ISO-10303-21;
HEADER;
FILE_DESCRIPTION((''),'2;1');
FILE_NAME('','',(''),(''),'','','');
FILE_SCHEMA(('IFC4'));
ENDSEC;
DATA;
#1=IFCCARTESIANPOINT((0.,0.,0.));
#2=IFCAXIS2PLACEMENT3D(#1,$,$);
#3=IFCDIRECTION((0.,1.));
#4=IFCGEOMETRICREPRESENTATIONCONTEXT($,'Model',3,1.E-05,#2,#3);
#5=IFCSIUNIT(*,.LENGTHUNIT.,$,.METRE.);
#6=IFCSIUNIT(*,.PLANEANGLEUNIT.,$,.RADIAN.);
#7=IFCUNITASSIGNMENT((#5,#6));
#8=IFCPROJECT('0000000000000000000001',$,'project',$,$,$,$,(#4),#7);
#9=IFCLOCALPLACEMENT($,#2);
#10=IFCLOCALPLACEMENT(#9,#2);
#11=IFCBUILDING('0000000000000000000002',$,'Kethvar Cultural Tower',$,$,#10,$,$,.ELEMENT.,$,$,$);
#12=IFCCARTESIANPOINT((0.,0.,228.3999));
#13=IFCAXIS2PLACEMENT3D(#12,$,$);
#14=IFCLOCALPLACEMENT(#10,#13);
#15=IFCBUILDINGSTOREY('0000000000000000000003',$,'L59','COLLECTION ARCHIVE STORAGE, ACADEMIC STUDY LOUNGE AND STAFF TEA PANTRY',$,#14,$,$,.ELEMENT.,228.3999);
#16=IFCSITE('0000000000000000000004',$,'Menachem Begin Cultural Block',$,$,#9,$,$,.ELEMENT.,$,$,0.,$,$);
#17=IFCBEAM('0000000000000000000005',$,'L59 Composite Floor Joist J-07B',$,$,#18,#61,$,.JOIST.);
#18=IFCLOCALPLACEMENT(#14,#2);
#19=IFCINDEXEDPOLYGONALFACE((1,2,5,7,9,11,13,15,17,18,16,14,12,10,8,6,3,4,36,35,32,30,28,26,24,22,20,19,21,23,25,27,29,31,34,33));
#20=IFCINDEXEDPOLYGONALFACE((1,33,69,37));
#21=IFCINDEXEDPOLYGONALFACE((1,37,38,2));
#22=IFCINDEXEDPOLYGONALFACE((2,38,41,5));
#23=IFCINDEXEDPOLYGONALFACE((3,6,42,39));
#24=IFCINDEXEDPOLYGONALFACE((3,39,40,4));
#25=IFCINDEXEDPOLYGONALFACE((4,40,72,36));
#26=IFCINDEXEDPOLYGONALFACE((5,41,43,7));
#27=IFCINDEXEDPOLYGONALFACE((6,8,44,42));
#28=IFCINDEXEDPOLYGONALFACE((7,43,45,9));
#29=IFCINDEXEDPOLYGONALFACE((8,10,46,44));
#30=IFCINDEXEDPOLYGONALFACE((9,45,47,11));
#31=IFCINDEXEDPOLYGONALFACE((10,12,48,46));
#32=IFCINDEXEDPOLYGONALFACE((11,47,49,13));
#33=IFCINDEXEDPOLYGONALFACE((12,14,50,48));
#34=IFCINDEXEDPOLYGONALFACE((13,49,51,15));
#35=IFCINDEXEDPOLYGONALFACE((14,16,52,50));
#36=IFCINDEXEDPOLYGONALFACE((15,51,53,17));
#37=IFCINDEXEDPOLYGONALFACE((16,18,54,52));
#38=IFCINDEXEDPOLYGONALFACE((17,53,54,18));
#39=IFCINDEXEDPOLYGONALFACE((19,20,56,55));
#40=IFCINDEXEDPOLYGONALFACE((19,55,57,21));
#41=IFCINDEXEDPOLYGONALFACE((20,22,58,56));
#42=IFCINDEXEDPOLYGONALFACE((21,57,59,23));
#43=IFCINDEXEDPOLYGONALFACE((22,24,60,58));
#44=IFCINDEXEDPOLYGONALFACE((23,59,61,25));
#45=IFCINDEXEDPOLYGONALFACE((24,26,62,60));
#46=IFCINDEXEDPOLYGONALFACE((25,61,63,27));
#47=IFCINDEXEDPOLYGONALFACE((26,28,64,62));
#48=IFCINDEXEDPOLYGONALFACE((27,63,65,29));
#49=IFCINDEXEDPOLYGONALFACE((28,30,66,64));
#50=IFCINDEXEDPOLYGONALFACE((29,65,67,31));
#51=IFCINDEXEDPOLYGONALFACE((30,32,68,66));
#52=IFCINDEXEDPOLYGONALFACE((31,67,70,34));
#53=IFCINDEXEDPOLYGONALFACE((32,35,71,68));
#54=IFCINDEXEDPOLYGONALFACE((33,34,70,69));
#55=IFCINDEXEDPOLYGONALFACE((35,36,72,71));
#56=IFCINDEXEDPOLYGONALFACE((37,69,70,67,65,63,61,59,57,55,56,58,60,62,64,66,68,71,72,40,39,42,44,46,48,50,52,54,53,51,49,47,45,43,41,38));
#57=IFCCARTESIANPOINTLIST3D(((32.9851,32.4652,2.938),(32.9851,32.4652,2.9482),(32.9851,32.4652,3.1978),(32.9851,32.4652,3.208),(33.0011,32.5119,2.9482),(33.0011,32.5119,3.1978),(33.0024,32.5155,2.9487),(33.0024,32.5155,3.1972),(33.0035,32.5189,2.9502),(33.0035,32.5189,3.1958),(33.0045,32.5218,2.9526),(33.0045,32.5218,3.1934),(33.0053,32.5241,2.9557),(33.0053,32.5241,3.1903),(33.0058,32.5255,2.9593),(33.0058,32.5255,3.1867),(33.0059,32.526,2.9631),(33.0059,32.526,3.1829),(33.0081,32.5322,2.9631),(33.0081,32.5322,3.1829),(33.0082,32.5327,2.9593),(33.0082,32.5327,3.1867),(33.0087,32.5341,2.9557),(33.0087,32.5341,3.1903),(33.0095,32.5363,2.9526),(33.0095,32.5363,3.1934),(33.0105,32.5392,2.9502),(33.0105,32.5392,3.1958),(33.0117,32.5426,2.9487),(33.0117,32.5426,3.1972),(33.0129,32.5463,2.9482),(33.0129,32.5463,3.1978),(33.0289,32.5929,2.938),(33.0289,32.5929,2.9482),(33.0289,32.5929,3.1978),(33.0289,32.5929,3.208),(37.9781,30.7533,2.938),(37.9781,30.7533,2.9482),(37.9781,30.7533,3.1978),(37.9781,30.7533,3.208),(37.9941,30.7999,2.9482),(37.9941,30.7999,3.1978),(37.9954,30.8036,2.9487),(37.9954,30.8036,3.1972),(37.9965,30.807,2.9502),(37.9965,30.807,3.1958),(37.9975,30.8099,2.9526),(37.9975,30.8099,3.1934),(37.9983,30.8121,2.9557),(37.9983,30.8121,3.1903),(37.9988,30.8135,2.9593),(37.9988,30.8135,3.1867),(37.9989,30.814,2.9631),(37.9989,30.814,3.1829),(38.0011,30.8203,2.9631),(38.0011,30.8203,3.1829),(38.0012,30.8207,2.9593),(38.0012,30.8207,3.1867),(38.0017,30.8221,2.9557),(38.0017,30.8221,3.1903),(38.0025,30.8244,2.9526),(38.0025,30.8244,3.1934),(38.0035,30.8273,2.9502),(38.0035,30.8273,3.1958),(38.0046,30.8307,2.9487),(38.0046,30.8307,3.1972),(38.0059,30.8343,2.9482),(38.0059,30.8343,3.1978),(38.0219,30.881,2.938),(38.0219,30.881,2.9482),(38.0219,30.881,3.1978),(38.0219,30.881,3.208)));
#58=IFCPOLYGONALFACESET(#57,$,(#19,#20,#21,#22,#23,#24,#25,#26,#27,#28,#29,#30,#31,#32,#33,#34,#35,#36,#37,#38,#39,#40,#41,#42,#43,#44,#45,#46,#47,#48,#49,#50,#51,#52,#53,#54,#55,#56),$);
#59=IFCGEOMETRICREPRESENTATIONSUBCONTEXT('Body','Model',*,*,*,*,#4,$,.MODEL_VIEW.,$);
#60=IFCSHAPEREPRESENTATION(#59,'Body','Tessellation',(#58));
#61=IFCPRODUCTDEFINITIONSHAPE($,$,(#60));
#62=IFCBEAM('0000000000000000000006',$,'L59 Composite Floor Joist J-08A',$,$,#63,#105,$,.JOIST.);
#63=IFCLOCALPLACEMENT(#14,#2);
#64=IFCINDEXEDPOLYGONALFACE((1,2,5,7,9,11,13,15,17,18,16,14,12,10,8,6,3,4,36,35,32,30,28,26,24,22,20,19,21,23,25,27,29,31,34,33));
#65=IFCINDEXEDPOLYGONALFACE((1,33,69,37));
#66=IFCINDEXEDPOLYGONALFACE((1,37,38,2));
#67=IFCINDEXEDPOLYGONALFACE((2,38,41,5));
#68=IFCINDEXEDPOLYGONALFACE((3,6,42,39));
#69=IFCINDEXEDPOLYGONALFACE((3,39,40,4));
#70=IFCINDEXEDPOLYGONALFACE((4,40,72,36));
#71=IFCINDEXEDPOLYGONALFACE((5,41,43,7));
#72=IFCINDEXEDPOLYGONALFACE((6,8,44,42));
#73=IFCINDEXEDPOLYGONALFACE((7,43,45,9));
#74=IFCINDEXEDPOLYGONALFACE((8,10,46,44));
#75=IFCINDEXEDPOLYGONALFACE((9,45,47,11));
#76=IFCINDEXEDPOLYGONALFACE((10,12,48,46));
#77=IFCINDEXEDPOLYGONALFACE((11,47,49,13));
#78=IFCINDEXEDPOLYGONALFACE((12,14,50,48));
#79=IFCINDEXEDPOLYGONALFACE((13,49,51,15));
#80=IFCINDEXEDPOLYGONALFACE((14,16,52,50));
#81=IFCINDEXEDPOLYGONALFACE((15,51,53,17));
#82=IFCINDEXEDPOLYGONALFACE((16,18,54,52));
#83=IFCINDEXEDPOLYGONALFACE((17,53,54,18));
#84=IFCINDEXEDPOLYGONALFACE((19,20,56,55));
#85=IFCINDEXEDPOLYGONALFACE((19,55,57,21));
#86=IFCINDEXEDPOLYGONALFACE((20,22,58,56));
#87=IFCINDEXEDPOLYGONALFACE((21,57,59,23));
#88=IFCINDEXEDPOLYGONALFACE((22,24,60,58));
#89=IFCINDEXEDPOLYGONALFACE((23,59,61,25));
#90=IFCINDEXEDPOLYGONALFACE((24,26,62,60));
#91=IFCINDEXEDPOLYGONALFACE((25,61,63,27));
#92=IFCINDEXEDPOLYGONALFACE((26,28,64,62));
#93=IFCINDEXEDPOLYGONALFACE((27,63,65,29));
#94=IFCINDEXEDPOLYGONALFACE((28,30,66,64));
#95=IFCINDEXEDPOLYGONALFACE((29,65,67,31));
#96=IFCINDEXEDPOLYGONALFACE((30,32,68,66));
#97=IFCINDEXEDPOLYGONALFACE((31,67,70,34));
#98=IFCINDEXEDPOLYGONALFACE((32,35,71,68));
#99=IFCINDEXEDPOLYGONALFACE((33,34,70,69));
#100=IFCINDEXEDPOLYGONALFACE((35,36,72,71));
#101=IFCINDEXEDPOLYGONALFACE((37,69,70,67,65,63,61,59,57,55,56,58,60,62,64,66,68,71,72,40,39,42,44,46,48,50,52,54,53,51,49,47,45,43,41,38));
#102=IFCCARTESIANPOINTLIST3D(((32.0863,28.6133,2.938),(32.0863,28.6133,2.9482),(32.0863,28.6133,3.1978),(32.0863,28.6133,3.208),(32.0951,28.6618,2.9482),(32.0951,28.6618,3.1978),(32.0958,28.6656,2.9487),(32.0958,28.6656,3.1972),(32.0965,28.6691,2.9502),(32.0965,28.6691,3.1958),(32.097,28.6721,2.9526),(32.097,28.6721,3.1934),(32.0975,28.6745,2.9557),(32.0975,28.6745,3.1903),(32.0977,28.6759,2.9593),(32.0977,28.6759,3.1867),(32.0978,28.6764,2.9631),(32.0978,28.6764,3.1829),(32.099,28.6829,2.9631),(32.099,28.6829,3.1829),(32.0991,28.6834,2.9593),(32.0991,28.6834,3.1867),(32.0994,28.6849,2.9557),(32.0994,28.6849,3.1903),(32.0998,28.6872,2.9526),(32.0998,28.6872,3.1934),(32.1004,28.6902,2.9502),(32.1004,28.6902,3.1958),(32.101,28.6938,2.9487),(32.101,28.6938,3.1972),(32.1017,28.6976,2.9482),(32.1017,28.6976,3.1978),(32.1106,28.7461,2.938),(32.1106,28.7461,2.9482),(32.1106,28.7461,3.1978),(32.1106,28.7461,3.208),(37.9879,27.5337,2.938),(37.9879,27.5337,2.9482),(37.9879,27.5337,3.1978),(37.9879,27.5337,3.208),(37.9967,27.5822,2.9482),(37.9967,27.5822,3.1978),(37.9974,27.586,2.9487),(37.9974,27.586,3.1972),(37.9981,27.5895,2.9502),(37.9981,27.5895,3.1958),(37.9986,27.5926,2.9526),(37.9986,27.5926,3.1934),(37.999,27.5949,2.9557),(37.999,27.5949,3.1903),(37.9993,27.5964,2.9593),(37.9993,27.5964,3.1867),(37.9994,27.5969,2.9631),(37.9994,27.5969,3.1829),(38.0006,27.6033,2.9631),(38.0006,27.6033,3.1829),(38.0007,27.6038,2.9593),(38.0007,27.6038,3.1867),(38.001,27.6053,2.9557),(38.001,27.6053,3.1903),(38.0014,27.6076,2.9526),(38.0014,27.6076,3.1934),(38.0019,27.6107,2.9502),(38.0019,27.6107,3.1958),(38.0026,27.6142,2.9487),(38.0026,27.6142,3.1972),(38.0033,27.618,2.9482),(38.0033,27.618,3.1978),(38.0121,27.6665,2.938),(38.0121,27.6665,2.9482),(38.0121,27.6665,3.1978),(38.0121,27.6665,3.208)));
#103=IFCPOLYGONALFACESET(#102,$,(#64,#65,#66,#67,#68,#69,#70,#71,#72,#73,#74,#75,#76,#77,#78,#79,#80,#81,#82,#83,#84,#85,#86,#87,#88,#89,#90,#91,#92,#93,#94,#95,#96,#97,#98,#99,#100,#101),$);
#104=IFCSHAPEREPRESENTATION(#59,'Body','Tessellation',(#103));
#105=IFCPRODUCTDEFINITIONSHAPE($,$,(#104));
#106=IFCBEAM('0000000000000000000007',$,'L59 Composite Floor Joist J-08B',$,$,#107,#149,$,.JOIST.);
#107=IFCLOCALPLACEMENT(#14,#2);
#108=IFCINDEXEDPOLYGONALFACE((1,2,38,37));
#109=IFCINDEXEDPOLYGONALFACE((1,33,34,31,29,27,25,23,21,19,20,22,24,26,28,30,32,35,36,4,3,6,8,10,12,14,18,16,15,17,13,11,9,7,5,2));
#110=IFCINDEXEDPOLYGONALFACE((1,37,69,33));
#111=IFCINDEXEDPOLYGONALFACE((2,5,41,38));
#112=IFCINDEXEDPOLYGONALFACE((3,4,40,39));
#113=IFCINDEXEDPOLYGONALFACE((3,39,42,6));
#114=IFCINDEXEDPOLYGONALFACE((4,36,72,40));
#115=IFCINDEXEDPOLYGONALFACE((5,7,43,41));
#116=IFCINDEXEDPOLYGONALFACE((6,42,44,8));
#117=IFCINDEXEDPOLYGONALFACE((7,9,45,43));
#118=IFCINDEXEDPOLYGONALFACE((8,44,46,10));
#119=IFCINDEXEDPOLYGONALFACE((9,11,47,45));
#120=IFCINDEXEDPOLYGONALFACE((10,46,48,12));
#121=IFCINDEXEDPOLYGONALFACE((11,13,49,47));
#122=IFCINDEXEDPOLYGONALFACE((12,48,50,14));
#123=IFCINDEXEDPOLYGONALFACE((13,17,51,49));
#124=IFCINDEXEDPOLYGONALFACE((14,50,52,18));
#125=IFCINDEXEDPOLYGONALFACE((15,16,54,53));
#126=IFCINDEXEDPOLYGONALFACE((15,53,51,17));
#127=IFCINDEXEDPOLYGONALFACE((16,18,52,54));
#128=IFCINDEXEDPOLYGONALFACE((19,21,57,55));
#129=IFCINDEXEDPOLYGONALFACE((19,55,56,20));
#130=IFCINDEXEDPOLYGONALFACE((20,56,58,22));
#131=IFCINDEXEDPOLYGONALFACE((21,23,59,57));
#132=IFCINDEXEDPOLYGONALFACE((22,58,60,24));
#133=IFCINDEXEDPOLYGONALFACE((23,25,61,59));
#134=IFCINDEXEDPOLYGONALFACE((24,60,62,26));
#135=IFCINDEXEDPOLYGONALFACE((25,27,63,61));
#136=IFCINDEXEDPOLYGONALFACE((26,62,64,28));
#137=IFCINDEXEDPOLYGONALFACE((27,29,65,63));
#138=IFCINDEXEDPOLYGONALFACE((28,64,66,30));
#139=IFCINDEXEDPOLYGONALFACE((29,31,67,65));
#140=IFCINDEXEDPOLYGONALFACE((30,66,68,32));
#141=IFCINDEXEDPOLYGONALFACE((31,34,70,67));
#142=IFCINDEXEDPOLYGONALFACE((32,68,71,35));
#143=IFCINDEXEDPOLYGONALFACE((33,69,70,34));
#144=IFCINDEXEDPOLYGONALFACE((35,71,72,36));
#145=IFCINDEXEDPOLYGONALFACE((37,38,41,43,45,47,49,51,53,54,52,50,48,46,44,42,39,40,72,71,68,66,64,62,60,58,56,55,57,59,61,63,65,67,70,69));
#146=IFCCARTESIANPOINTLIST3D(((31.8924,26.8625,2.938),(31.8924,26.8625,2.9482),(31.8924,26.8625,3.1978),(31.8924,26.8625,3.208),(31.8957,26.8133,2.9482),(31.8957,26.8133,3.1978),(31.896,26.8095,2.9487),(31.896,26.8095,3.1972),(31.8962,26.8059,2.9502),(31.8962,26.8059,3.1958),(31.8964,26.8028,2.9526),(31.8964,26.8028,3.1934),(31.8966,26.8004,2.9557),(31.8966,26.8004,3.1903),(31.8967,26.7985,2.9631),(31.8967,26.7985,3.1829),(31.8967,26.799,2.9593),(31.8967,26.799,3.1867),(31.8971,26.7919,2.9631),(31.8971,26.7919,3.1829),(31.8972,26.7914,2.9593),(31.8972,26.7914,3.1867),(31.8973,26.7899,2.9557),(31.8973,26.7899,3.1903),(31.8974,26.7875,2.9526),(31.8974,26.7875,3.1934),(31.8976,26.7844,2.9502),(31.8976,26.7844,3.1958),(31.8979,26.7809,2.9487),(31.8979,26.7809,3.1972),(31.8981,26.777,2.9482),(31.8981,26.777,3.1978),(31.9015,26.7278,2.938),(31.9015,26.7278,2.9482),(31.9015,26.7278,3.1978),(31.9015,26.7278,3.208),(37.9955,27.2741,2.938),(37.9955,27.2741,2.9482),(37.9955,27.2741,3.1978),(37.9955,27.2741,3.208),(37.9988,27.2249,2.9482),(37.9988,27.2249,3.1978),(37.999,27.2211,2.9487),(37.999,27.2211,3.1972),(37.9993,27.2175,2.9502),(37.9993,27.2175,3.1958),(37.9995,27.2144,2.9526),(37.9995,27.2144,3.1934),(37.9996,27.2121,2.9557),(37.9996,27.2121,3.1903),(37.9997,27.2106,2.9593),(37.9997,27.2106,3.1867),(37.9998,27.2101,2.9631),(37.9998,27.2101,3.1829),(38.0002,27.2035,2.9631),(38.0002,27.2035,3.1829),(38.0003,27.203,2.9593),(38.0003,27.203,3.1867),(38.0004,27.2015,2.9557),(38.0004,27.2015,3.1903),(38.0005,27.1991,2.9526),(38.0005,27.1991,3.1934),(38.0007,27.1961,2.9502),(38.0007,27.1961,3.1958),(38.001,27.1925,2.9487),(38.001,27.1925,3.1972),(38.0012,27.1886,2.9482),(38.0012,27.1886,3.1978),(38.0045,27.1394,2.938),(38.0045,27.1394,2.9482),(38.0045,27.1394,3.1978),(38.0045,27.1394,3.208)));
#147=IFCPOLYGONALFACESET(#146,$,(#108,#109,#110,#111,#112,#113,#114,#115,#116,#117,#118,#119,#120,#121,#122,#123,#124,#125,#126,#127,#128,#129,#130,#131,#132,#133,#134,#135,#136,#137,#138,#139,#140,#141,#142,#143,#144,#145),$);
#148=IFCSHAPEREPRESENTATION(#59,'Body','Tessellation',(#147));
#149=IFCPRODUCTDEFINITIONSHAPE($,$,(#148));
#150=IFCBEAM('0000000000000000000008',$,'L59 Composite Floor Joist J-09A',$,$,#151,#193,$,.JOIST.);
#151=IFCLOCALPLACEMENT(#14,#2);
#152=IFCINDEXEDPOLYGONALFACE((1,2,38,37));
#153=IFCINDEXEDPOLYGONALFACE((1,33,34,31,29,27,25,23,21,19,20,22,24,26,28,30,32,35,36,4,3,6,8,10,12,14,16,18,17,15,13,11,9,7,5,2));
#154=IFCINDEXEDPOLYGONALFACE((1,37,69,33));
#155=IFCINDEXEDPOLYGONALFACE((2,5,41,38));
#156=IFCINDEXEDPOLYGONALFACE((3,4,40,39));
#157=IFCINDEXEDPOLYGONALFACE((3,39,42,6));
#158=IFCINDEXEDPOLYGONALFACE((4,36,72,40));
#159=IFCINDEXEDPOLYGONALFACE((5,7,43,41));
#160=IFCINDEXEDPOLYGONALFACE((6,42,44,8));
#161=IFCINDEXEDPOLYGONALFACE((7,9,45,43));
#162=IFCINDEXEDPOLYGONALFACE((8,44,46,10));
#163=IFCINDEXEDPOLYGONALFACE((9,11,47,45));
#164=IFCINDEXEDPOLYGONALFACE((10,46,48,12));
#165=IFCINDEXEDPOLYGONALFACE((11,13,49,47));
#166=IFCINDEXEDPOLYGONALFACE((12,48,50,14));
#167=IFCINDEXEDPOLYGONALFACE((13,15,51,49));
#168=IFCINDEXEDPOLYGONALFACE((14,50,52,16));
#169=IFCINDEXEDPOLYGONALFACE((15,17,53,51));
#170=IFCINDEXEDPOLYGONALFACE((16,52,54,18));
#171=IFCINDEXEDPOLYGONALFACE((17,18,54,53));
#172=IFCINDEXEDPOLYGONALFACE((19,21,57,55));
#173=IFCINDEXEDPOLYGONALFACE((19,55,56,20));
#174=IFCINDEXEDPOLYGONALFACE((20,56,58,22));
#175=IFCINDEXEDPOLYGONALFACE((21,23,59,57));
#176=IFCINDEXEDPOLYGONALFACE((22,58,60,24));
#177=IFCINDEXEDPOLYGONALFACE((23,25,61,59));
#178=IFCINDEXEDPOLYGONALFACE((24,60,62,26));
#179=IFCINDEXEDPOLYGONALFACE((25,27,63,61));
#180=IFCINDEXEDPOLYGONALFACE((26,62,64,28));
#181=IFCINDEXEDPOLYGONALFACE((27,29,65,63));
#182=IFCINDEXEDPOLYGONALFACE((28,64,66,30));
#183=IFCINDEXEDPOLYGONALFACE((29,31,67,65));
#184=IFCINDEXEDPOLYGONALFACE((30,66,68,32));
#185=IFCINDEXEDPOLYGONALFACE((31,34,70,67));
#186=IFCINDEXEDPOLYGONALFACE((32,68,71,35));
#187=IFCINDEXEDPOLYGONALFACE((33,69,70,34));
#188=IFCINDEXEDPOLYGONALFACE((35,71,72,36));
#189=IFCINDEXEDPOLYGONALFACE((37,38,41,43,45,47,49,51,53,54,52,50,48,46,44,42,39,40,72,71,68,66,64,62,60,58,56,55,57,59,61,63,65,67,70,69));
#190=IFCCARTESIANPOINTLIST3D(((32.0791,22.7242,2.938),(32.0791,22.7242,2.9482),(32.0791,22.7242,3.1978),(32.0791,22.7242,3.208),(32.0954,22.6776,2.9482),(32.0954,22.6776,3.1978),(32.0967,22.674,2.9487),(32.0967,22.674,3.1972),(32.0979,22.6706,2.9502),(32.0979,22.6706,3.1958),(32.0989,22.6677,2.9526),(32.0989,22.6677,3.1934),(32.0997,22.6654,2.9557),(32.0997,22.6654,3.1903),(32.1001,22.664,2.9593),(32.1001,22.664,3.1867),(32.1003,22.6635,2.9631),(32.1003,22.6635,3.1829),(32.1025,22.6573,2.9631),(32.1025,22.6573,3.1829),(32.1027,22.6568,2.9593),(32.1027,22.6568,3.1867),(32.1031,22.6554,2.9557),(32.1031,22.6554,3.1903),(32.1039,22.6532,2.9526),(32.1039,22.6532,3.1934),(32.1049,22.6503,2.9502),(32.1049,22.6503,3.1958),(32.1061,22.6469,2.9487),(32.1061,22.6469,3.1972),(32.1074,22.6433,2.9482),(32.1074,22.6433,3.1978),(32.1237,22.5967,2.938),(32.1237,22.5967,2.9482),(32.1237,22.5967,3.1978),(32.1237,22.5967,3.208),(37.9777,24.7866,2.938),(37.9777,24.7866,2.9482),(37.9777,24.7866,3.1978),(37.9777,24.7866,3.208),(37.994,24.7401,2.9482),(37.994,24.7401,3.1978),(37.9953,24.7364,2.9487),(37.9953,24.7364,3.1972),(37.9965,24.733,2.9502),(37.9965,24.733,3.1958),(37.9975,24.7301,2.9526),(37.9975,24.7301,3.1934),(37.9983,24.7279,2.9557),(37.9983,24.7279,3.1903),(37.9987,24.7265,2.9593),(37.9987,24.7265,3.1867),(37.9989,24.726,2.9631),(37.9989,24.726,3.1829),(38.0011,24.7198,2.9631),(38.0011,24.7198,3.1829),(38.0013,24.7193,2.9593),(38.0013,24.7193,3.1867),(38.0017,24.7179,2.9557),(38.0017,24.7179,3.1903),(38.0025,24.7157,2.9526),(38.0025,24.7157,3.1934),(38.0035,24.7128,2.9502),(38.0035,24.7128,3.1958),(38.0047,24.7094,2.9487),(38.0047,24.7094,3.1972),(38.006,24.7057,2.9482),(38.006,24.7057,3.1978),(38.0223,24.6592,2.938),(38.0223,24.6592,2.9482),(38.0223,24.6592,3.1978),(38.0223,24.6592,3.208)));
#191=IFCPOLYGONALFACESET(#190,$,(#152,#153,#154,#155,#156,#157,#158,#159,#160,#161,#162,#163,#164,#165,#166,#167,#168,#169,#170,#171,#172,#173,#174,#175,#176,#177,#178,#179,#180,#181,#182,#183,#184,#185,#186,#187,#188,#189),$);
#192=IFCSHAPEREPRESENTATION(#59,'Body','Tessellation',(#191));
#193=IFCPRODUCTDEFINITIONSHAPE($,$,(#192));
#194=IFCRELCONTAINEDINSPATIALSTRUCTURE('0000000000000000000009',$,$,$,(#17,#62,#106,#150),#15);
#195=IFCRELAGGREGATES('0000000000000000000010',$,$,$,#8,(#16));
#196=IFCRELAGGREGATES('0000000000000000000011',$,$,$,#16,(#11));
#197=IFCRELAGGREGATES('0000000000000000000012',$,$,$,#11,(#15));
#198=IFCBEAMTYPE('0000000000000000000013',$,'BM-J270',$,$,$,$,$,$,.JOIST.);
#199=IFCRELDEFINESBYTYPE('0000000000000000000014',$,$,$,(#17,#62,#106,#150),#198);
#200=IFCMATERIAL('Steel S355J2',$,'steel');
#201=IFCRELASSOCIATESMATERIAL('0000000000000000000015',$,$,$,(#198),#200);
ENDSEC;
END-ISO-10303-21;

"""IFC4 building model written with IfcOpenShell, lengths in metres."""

from ifc_helpers import new_model, si_unit, direction, frame, origin, origin_2d, place, context, subcontext, project, spatial, i_section, extrude, source, transform, mapped, material, material_profile, profile_set, type_object, element, save


model = new_model("IFC4")

# Units and contexts
model_context = context("Model", 3, precision=1e-05, world=origin(), true_north=direction((0.0, 1.0)))
body_context = subcontext(model_context, "Body", "Model", "MODEL_VIEW")
ifc_project = project(units=[si_unit("LENGTHUNIT", "METRE"), si_unit("PLANEANGLEUNIT", "RADIAN")], contexts=[model_context])

# Site, building, storey
site_placement = place(None, origin())
site = spatial("IfcSite", under=ifc_project, at=site_placement, Name="Menachem Begin Cultural Block", CompositionType="ELEMENT", RefElevation=0.0)
building_placement = place(site_placement, origin())
building = spatial("IfcBuilding", under=site, at=building_placement, Name="Kethvar Cultural Tower", CompositionType="ELEMENT")
storey_placement = place(building_placement, frame((0.0, 0.0, 228.3999)))
storey = spatial("IfcBuildingStorey", under=building, at=storey_placement, Name="L59", Description="COLLECTION ARCHIVE STORAGE, ACADEMIC STUDY LOUNGE AND STAFF TEA PANTRY", CompositionType="ELEMENT", Elevation=228.3999)

# Beams
ifc_material_1 = material(Name="Steel S355J2", Category="steel")
ifc_material_profile_1 = material_profile(ifc_material_1, i_section(OverallWidth=0.135, OverallDepth=0.27, WebThickness=0.0066, FlangeThickness=0.0103, FilletRadius=0.0149, at=origin_2d()), Name="Steel S355J2 — IPE270")
ifc_profile_set_1 = profile_set([ifc_material_profile_1], Name="Steel S355J2 — IPE270")
beam_type_1 = type_object("IfcBeamType", Name="BM-J270", PredefinedType="JOIST", material=ifc_profile_set_1)
shared_shape_1 = source(origin(), body_context, "Body", "SweptSolid", [
    extrude(i_section(OverallWidth=0.135, OverallDepth=0.27, WebThickness=0.0066, FlangeThickness=0.0103, FilletRadius=0.0149, at=origin_2d()), origin(), (0.0, 0.0, 1.0), 5.2783),
])
beam_1_placement = place(storey_placement, frame((38.0, 30.8171, 3.073), z_axis=(-0.945943, 0.324334, 0.0), x_axis=(-0.324334, -0.945943, 0.0)))
element("IfcBeam", 1, at=beam_1_placement, inside=storey, type_object=beam_type_1, Name="L59 Composite Floor Joist J-07B", PredefinedType="JOIST", context=body_context, shape_type="MappedRepresentation", body=[
    mapped(shared_shape_1, transform((0.0, 0.0, 0.0), scale=1.0)),
])
shared_shape_2 = source(origin(), body_context, "Body", "SweptSolid", [
    extrude(i_section(OverallWidth=0.135, OverallDepth=0.27, WebThickness=0.0066, FlangeThickness=0.0103, FilletRadius=0.0149, at=origin_2d()), origin(), (0.0, 0.0, 1.0), 5.9995),
])
beam_2_placement = place(storey_placement, frame((38.0, 27.6001, 3.073), z_axis=(-0.983677, 0.179945, 0.0), x_axis=(-0.179945, -0.983677, 0.0)))
element("IfcBeam", 2, at=beam_2_placement, inside=storey, type_object=beam_type_1, Name="L59 Composite Floor Joist J-08A", PredefinedType="JOIST", context=body_context, shape_type="MappedRepresentation", body=[
    mapped(shared_shape_2, transform((0.0, 0.0, 0.0), scale=1.0)),
])
shared_shape_3 = source(origin(), body_context, "Body", "SweptSolid", [
    extrude(i_section(OverallWidth=0.135, OverallDepth=0.27, WebThickness=0.0066, FlangeThickness=0.0103, FilletRadius=0.0149, at=origin_2d()), origin(), (0.0, 0.0, 1.0), 6.1169),
])
beam_3_placement = place(storey_placement, frame((38.0, 27.2068, 3.073), z_axis=(-0.997733, -0.067293, 0.0), x_axis=(0.067293, -0.997733, 0.0)))
element("IfcBeam", 3, at=beam_3_placement, inside=storey, type_object=beam_type_1, Name="L59 Composite Floor Joist J-08B", PredefinedType="JOIST", context=body_context, shape_type="MappedRepresentation", body=[
    mapped(shared_shape_3, transform((0.0, 0.0, 0.0), scale=1.0)),
])
shared_shape_4 = source(origin(), body_context, "Body", "SweptSolid", [
    extrude(i_section(OverallWidth=0.135, OverallDepth=0.27, WebThickness=0.0066, FlangeThickness=0.0103, FilletRadius=0.0149, at=origin_2d()), origin(), (0.0, 0.0, 1.0), 6.2488),
])
beam_4_placement = place(storey_placement, frame((38.0, 24.7229, 3.073), z_axis=(-0.94396, -0.33006, 0.0), x_axis=(0.33006, -0.94396, 0.0)))
element("IfcBeam", 4, at=beam_4_placement, inside=storey, type_object=beam_type_1, Name="L59 Composite Floor Joist J-09A", PredefinedType="JOIST", context=body_context, shape_type="MappedRepresentation", body=[
    mapped(shared_shape_4, transform((0.0, 0.0, 0.0), scale=1.0)),
])

save(model, "model.ifc")
